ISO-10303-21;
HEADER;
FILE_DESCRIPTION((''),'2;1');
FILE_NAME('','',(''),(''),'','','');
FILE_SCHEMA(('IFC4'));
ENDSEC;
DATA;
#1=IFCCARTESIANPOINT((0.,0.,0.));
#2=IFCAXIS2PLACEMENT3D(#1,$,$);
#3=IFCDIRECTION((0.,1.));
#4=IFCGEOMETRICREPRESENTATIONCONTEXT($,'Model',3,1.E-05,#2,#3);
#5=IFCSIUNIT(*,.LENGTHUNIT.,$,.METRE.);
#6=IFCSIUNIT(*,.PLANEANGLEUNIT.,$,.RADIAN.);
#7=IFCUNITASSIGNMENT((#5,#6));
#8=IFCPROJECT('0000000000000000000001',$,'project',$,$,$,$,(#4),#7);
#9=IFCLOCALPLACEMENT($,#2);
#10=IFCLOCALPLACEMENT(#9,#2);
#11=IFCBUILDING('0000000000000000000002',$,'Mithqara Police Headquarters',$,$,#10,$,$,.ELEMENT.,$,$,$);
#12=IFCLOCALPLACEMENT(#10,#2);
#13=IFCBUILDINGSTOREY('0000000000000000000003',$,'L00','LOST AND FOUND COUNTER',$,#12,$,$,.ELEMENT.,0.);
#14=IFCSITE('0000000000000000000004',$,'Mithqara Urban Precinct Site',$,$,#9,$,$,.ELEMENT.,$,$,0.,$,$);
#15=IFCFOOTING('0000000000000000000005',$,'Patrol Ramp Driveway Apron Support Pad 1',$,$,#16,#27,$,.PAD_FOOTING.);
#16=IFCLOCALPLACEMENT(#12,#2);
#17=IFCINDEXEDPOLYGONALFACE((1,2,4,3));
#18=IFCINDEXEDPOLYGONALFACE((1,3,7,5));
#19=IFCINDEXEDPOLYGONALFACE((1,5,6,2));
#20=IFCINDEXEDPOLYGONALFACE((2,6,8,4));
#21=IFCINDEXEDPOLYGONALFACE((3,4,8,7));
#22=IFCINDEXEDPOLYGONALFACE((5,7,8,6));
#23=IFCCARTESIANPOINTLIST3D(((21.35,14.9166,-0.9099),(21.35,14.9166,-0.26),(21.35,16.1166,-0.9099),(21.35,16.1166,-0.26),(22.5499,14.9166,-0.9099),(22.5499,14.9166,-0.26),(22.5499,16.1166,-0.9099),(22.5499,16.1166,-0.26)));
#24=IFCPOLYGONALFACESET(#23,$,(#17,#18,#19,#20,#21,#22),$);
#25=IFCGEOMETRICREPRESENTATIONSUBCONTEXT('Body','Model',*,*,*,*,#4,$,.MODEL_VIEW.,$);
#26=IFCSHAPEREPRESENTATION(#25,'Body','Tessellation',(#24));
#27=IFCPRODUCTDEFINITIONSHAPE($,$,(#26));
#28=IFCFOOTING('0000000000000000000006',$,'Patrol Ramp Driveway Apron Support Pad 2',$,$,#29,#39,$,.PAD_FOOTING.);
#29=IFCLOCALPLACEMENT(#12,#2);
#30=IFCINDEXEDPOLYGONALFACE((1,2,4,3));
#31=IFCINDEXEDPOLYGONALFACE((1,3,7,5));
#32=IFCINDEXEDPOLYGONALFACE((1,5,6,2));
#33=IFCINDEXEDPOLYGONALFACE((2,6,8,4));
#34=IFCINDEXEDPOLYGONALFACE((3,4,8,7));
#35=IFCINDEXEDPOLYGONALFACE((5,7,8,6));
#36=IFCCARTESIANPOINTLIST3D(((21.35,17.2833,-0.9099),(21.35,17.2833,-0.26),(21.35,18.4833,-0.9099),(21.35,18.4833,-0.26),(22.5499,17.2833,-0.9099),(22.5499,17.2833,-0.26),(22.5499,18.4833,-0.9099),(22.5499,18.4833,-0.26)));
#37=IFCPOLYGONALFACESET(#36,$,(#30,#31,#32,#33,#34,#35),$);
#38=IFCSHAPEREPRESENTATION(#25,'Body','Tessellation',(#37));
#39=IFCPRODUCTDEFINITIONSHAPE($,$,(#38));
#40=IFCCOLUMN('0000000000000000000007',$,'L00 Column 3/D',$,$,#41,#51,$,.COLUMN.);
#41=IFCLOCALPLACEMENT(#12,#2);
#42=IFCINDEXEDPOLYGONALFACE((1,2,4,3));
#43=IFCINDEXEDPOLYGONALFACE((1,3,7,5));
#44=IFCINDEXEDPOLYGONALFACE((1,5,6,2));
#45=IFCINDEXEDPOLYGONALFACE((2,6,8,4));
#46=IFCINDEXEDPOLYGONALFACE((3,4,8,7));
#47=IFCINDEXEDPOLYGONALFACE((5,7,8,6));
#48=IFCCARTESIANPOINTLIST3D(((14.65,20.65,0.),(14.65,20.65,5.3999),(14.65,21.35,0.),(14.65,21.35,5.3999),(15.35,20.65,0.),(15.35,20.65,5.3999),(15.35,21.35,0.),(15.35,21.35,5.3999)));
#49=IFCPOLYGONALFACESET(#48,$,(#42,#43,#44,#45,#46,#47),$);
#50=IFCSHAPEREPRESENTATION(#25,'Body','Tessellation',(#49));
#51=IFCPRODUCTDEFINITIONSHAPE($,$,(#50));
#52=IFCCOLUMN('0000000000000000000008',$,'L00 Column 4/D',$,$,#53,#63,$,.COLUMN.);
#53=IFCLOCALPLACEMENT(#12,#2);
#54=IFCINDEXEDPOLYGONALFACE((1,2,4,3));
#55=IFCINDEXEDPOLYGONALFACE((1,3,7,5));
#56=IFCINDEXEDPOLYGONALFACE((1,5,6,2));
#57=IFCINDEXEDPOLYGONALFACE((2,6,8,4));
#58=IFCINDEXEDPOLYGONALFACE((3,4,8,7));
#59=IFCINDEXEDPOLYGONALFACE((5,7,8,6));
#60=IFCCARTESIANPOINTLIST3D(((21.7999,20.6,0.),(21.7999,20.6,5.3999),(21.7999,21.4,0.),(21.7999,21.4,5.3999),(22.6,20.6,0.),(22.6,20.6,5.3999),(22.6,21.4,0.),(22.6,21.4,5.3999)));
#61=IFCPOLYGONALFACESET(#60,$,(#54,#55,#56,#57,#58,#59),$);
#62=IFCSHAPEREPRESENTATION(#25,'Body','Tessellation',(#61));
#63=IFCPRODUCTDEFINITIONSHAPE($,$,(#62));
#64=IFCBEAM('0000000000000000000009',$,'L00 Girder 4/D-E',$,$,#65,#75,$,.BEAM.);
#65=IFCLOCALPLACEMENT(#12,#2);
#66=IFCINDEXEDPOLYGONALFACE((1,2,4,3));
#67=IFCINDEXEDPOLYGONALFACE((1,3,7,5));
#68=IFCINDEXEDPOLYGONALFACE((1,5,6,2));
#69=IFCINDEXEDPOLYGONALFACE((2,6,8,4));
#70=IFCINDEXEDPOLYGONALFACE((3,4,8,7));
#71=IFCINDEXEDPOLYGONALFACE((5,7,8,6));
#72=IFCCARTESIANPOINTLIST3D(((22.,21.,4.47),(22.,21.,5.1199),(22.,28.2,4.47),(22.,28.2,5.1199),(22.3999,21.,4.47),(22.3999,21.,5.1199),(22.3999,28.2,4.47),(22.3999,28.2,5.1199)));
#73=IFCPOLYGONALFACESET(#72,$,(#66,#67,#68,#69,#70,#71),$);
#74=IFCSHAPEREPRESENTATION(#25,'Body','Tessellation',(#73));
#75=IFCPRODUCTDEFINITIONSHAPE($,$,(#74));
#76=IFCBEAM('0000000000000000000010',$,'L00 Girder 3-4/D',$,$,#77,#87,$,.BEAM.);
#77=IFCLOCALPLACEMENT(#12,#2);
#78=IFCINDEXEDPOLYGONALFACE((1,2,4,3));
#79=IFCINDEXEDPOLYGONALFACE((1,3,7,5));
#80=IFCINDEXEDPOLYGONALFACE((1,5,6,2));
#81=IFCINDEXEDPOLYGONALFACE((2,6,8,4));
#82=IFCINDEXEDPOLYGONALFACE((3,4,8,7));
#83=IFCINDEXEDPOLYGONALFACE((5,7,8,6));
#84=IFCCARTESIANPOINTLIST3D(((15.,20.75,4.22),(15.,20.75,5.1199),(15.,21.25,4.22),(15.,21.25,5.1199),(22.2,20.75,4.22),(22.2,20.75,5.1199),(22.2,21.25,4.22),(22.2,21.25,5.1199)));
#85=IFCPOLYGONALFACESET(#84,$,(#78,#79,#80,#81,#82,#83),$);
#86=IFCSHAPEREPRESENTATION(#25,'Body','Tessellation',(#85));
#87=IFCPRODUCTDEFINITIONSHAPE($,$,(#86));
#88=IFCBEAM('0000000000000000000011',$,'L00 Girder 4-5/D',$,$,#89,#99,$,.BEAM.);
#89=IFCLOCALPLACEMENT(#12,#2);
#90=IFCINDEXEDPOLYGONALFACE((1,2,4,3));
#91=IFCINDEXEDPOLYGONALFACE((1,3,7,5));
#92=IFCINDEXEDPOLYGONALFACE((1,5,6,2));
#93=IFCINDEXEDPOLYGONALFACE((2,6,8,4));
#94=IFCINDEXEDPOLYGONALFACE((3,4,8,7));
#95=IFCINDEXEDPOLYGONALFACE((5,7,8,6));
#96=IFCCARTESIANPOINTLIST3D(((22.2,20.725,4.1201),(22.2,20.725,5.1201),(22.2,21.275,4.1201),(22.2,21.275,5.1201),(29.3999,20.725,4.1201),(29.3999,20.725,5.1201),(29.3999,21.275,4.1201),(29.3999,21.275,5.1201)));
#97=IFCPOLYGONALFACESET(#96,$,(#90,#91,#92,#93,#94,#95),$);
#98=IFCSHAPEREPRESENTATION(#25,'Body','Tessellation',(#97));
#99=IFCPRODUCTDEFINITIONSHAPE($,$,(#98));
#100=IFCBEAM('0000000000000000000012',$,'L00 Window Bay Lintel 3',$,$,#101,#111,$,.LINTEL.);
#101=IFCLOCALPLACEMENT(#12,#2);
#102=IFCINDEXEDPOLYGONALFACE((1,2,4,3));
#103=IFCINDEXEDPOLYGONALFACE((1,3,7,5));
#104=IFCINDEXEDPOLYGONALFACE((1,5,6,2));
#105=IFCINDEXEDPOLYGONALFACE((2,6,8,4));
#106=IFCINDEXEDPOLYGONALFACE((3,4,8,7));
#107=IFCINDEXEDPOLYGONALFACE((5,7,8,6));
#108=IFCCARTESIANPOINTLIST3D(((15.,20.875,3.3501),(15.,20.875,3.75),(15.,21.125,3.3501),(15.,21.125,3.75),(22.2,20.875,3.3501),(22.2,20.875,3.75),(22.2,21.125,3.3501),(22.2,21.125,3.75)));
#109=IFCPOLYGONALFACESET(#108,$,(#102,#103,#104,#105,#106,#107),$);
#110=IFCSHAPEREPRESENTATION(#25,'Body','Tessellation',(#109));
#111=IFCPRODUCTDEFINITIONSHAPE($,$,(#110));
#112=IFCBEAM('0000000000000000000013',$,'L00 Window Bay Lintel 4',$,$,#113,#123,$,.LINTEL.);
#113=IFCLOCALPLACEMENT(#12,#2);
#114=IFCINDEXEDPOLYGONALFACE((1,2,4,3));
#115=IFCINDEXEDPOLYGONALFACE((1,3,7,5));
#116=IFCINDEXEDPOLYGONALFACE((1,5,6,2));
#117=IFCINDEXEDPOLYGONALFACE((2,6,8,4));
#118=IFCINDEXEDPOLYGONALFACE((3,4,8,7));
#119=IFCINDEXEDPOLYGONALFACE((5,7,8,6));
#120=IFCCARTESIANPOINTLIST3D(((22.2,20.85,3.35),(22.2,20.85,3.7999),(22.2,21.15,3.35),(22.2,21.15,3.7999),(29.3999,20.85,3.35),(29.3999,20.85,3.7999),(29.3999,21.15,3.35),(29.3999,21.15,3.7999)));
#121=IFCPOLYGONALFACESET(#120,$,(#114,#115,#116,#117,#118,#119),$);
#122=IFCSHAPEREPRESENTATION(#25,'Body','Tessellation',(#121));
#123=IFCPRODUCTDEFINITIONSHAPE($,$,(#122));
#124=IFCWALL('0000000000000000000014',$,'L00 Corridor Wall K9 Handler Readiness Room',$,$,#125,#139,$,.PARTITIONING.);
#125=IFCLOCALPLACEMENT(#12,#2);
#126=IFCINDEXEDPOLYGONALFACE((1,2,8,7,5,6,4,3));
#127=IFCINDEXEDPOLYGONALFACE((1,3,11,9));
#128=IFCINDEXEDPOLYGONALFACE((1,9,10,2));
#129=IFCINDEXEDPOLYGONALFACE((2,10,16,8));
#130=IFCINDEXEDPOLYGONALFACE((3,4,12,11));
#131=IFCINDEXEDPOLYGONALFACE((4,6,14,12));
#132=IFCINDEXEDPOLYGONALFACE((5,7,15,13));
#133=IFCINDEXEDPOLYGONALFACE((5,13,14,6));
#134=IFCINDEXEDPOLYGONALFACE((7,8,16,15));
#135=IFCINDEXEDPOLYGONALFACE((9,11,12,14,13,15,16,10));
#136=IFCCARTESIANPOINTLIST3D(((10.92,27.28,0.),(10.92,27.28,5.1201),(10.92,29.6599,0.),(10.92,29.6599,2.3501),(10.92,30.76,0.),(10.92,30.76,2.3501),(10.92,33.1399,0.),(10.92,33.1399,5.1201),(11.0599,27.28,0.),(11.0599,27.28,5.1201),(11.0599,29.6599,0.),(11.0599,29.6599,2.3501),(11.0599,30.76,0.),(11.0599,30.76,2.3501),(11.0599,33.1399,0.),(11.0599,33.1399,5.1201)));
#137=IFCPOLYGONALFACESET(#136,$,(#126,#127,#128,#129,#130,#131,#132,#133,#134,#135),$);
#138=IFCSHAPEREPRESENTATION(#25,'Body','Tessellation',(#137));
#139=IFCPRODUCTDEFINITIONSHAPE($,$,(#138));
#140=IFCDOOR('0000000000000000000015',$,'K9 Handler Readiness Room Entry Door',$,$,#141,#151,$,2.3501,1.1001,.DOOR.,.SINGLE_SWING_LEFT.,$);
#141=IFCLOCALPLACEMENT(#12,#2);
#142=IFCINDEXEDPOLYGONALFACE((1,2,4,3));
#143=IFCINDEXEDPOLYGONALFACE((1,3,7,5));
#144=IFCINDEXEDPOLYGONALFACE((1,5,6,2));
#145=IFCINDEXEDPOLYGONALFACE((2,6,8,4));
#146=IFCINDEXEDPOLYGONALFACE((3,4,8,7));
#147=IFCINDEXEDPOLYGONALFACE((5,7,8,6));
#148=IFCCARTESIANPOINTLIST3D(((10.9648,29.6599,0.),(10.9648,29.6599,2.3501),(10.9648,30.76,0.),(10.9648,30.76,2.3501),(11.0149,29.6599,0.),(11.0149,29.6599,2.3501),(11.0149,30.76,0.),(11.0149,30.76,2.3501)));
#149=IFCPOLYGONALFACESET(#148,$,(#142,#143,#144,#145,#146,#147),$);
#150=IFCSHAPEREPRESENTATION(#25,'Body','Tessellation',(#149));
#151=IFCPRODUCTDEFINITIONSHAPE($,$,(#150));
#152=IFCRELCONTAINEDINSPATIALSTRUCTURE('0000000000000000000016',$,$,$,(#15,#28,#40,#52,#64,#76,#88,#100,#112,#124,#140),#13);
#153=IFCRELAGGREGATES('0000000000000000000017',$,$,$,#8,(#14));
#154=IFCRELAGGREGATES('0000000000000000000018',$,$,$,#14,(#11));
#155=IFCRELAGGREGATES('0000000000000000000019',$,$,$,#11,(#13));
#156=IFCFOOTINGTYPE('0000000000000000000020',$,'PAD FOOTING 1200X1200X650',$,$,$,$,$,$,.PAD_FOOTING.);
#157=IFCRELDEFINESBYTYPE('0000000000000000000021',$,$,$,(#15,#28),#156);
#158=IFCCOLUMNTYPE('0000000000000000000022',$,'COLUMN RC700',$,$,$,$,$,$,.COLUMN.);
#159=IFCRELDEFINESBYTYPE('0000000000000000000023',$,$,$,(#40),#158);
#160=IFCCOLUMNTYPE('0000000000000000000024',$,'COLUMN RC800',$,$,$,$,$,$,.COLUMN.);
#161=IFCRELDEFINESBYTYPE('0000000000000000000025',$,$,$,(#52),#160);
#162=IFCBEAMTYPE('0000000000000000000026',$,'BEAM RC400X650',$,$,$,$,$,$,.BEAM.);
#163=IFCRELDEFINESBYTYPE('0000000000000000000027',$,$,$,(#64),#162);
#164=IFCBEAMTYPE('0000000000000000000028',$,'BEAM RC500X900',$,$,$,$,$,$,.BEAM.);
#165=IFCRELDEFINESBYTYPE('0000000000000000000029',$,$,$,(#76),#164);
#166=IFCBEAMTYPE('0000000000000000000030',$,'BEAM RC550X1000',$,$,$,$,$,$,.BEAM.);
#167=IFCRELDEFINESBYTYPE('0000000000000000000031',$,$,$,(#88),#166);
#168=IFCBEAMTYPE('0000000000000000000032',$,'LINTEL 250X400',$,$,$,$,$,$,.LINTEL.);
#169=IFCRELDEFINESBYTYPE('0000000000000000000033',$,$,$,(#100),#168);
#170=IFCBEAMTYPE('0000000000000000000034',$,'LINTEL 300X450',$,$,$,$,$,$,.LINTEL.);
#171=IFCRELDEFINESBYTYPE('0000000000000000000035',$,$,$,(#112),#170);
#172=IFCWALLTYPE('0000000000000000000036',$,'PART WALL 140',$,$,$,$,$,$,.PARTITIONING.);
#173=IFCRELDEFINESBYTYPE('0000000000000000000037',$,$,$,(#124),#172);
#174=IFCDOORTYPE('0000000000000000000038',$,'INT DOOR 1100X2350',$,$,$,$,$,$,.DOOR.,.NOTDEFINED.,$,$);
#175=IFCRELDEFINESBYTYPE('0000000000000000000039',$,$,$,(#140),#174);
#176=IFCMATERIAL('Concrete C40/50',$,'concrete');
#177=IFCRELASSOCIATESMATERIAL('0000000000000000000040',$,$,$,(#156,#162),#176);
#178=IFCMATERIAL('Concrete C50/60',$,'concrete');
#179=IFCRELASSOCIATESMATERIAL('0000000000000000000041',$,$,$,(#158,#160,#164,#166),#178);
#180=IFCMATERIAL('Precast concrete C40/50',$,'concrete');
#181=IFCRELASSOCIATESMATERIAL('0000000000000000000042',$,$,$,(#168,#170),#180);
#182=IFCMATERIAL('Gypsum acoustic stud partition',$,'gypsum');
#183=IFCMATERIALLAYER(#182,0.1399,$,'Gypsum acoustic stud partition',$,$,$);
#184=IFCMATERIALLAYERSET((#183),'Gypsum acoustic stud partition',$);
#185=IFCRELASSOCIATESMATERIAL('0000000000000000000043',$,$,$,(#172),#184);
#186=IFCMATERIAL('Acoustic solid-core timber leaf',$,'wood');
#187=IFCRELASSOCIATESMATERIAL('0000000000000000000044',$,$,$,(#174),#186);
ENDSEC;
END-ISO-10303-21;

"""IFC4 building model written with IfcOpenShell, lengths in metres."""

from ifc_helpers import new_model, si_unit, direction, frame, frame_2d, origin, origin_2d, place, context, subcontext, project, spatial, rectangle, extrude, material, layer, layer_set, material_profile, profile_set, type_object, element, fill, save


model = new_model("IFC4")

# Units and contexts
model_context = context("Model", 3, precision=1e-05, world=origin(), true_north=direction((0.0, 1.0)))
body_context = subcontext(model_context, "Body", "Model", "MODEL_VIEW")
ifc_project = project(units=[si_unit("LENGTHUNIT", "METRE"), si_unit("PLANEANGLEUNIT", "RADIAN")], contexts=[model_context])

# Site, building, storey
site_placement = place(None, origin())
site = spatial("IfcSite", under=ifc_project, at=site_placement, Name="Mithqara Urban Precinct Site", CompositionType="ELEMENT", RefElevation=0.0)
building_placement = place(site_placement, origin())
building = spatial("IfcBuilding", under=site, at=building_placement, Name="Mithqara Police Headquarters", CompositionType="ELEMENT")
storey_placement = place(building_placement, origin())
storey = spatial("IfcBuildingStorey", under=building, at=storey_placement, Name="L00", Description="LOST AND FOUND COUNTER", CompositionType="ELEMENT", Elevation=0.0)

# Footings
ifc_material_1 = material(Name="Concrete C40/50", Category="concrete")
footing_type = type_object("IfcFootingType", Name="PAD FOOTING 1200X1200X650", PredefinedType="PAD_FOOTING", material=ifc_material_1)
for number, where, z_axis, x_axis, name in (
    (1, (21.95, 15.5166, -0.9099), (0.0, 0.0, 1.0), (1.0, 0.0, 0.0), "Patrol Ramp Driveway Apron Support Pad 1"),
    (2, (21.95, 17.8833, -0.9099), (0.0, 0.0, 1.0), (1.0, 0.0, 0.0), "Patrol Ramp Driveway Apron Support Pad 2"),
):
    element("IfcFooting", number, at=place(storey_placement, frame(where, z_axis=z_axis, x_axis=x_axis)), inside=storey, type_object=footing_type, Name=name, PredefinedType="PAD_FOOTING", context=body_context, shape_type="SweptSolid", body=[
        extrude(rectangle(XDim=1.2, YDim=1.2, at=origin_2d()), origin(), (0.0, 0.0, 1.0), 0.6499),
    ])

# Columns
ifc_material_2 = material(Name="Concrete C50/60", Category="concrete")
ifc_material_profile_1 = material_profile(ifc_material_2, rectangle(XDim=0.7, YDim=0.7, at=origin_2d()), Name="RC 700x700")
ifc_profile_set_1 = profile_set([ifc_material_profile_1], Name="Concrete C50/60")
column_type_1 = type_object("IfcColumnType", Name="COLUMN RC700", PredefinedType="COLUMN", material=ifc_profile_set_1)
column_1_placement = place(storey_placement, frame((15.0, 21.0, 0.0), z_axis=(0.0, 0.0, 1.0), x_axis=(1.0, 0.0, 0.0)))
element("IfcColumn", 3, at=column_1_placement, inside=storey, type_object=column_type_1, Name="L00 Column 3/D", PredefinedType="COLUMN", context=body_context, shape_type="SweptSolid", body=[
    extrude(rectangle(XDim=0.7, YDim=0.7, at=origin_2d()), origin(), (0.0, 0.0, 1.0), 5.3999),
])
ifc_material_profile_2 = material_profile(ifc_material_2, rectangle(XDim=0.8, YDim=0.8, at=origin_2d()), Name="RC 800x800")
ifc_profile_set_2 = profile_set([ifc_material_profile_2], Name="Concrete C50/60")
column_type_2 = type_object("IfcColumnType", Name="COLUMN RC800", PredefinedType="COLUMN", material=ifc_profile_set_2)
column_2_placement = place(storey_placement, frame((22.2, 21.0, 0.0), z_axis=(0.0, 0.0, 1.0), x_axis=(1.0, 0.0, 0.0)))
element("IfcColumn", 4, at=column_2_placement, inside=storey, type_object=column_type_2, Name="L00 Column 4/D", PredefinedType="COLUMN", context=body_context, shape_type="SweptSolid", body=[
    extrude(rectangle(XDim=0.8, YDim=0.8, at=origin_2d()), origin(), (0.0, 0.0, 1.0), 5.3999),
])

# Beams
ifc_material_profile_3 = material_profile(ifc_material_1, rectangle(XDim=0.3999, YDim=0.6499, at=origin_2d()), Name="RC 400x650")
ifc_profile_set_3 = profile_set([ifc_material_profile_3], Name="Concrete C40/50")
beam_type_1 = type_object("IfcBeamType", Name="BEAM RC400X650", PredefinedType="BEAM", material=ifc_profile_set_3)
beam_1_placement = place(storey_placement, frame((22.2, 21.0, 4.7949), z_axis=(0.0, 1.0, 0.0), x_axis=(-1.0, 0.0, 0.0)))
element("IfcBeam", 5, at=beam_1_placement, inside=storey, type_object=beam_type_1, Name="L00 Girder 4/D-E", PredefinedType="BEAM", context=body_context, shape_type="SweptSolid", body=[
    extrude(rectangle(XDim=0.3999, YDim=0.6499, at=origin_2d()), origin(), (0.0, 0.0, 1.0), 7.2),
])
ifc_material_profile_4 = material_profile(ifc_material_2, rectangle(XDim=0.5, YDim=0.8999, at=origin_2d()), Name="RC 500x900")
ifc_profile_set_4 = profile_set([ifc_material_profile_4], Name="Concrete C50/60")
beam_type_2 = type_object("IfcBeamType", Name="BEAM RC500X900", PredefinedType="BEAM", material=ifc_profile_set_4)
beam_2_placement = place(storey_placement, frame((15.0, 21.0, 4.6699), z_axis=(1.0, 0.0, 0.0), x_axis=(0.0, 1.0, 0.0)))
element("IfcBeam", 6, at=beam_2_placement, inside=storey, type_object=beam_type_2, Name="L00 Girder 3-4/D", PredefinedType="BEAM", context=body_context, shape_type="SweptSolid", body=[
    extrude(rectangle(XDim=0.5, YDim=0.8999, at=origin_2d()), origin(), (0.0, 0.0, 1.0), 7.2),
])
ifc_material_profile_5 = material_profile(ifc_material_2, rectangle(XDim=0.55, YDim=1.0, at=origin_2d()), Name="RC 550x1000")
ifc_profile_set_5 = profile_set([ifc_material_profile_5], Name="Concrete C50/60")
beam_type_3 = type_object("IfcBeamType", Name="BEAM RC550X1000", PredefinedType="BEAM", material=ifc_profile_set_5)
beam_3_placement = place(storey_placement, frame((22.2, 21.0, 4.6201), z_axis=(1.0, 0.0, 0.0), x_axis=(0.0, 1.0, 0.0)))
element("IfcBeam", 7, at=beam_3_placement, inside=storey, type_object=beam_type_3, Name="L00 Girder 4-5/D", PredefinedType="BEAM", context=body_context, shape_type="SweptSolid", body=[
    extrude(rectangle(XDim=0.55, YDim=1.0, at=origin_2d()), origin(), (0.0, 0.0, 1.0), 7.2),
])
ifc_material_3 = material(Name="Precast concrete C40/50", Category="concrete")
ifc_material_profile_6 = material_profile(ifc_material_3, rectangle(XDim=0.25, YDim=0.3999, at=origin_2d()), Name="LIN 250x400")
ifc_profile_set_6 = profile_set([ifc_material_profile_6], Name="Precast concrete C40/50")
beam_type_4 = type_object("IfcBeamType", Name="LINTEL 250X400", PredefinedType="LINTEL", material=ifc_profile_set_6)
beam_4_placement = place(storey_placement, frame((15.0, 21.0, 3.55), z_axis=(1.0, 0.0, 0.0), x_axis=(0.0, 1.0, 0.0)))
element("IfcBeam", 8, at=beam_4_placement, inside=storey, type_object=beam_type_4, Name="L00 Window Bay Lintel 3", PredefinedType="LINTEL", context=body_context, shape_type="SweptSolid", body=[
    extrude(rectangle(XDim=0.25, YDim=0.3999, at=origin_2d()), origin(), (0.0, 0.0, 1.0), 7.2),
])
ifc_material_profile_7 = material_profile(ifc_material_3, rectangle(XDim=0.3, YDim=0.45, at=origin_2d()), Name="LIN 300x450")
ifc_profile_set_7 = profile_set([ifc_material_profile_7], Name="Precast concrete C40/50")
beam_type_5 = type_object("IfcBeamType", Name="LINTEL 300X450", PredefinedType="LINTEL", material=ifc_profile_set_7)
beam_5_placement = place(storey_placement, frame((22.2, 21.0, 3.575), z_axis=(1.0, 0.0, 0.0), x_axis=(0.0, 1.0, 0.0)))
element("IfcBeam", 9, at=beam_5_placement, inside=storey, type_object=beam_type_5, Name="L00 Window Bay Lintel 4", PredefinedType="LINTEL", context=body_context, shape_type="SweptSolid", body=[
    extrude(rectangle(XDim=0.3, YDim=0.45, at=origin_2d()), origin(), (0.0, 0.0, 1.0), 7.2),
])

# Wall, opening, door
ifc_material_4 = material(Name="Gypsum acoustic stud partition", Category="gypsum")
ifc_layer_1 = layer(ifc_material_4, 0.1399, Name="Gypsum acoustic stud partition")
ifc_layer_set_1 = layer_set([ifc_layer_1], Name="Gypsum acoustic stud partition")
wall_type_1 = type_object("IfcWallType", Name="PART WALL 140", PredefinedType="PARTITIONING", material=ifc_layer_set_1)
wall_1_placement = place(storey_placement, frame((10.99, 27.28, 0.0), z_axis=(0.0, 0.0, 1.0), x_axis=(0.0, 1.0, 0.0)))
wall_1 = element("IfcWall", 10, at=wall_1_placement, inside=storey, type_object=wall_type_1, Name="L00 Corridor Wall K9 Handler Readiness Room", PredefinedType="PARTITIONING", context=body_context, shape_type="SweptSolid", body=[
    extrude(rectangle(XDim=5.8599, YDim=0.1399, at=frame_2d((2.9299, 0.0))), origin(), (0.0, 0.0, 1.0), 5.1201),
])
opening_1_placement = place(wall_1_placement, frame((2.3799, 0.0, 0.0)))
opening_1 = element("IfcOpeningElement", 11, at=opening_1_placement, cuts=wall_1, PredefinedType="OPENING", context=body_context, shape_type="SweptSolid", body=[
    extrude(rectangle(XDim=1.1001, YDim=2.3501, at=frame_2d((0.55, 1.175))), frame((0.0, 0.0801, 0.0), z_axis=(0.0, -1.0, 0.0), x_axis=(1.0, 0.0, 0.0)), (0.0, 0.0, 1.0), 0.1599),
])
ifc_material_5 = material(Name="Acoustic solid-core timber leaf", Category="wood")
door_type_1 = type_object("IfcDoorType", Name="INT DOOR 1100X2350", OperationType="NOTDEFINED", PredefinedType="DOOR", material=ifc_material_5)
door_1_placement = place(opening_1_placement, frame((1.1001, 0.0, 0.0), z_axis=(0.0, 0.0, 1.0), x_axis=(-1.0, 0.0, 0.0)))
door_1 = element("IfcDoor", 12, at=door_1_placement, inside=storey, type_object=door_type_1, Name="K9 Handler Readiness Room Entry Door", OperationType="SINGLE_SWING_LEFT", OverallHeight=2.3501, OverallWidth=1.1001, PredefinedType="DOOR", context=body_context, shape_type="SweptSolid", body=[
    extrude(rectangle(XDim=1.1001, YDim=2.3501, at=frame_2d((0.55, 1.175))), frame((0.0, 0.0249, 0.0), z_axis=(0.0, -1.0, 0.0), x_axis=(1.0, 0.0, 0.0)), (0.0, 0.0, 1.0), 0.05),
])
fill(opening_1, door_1)

save(model, "model.ifc")
